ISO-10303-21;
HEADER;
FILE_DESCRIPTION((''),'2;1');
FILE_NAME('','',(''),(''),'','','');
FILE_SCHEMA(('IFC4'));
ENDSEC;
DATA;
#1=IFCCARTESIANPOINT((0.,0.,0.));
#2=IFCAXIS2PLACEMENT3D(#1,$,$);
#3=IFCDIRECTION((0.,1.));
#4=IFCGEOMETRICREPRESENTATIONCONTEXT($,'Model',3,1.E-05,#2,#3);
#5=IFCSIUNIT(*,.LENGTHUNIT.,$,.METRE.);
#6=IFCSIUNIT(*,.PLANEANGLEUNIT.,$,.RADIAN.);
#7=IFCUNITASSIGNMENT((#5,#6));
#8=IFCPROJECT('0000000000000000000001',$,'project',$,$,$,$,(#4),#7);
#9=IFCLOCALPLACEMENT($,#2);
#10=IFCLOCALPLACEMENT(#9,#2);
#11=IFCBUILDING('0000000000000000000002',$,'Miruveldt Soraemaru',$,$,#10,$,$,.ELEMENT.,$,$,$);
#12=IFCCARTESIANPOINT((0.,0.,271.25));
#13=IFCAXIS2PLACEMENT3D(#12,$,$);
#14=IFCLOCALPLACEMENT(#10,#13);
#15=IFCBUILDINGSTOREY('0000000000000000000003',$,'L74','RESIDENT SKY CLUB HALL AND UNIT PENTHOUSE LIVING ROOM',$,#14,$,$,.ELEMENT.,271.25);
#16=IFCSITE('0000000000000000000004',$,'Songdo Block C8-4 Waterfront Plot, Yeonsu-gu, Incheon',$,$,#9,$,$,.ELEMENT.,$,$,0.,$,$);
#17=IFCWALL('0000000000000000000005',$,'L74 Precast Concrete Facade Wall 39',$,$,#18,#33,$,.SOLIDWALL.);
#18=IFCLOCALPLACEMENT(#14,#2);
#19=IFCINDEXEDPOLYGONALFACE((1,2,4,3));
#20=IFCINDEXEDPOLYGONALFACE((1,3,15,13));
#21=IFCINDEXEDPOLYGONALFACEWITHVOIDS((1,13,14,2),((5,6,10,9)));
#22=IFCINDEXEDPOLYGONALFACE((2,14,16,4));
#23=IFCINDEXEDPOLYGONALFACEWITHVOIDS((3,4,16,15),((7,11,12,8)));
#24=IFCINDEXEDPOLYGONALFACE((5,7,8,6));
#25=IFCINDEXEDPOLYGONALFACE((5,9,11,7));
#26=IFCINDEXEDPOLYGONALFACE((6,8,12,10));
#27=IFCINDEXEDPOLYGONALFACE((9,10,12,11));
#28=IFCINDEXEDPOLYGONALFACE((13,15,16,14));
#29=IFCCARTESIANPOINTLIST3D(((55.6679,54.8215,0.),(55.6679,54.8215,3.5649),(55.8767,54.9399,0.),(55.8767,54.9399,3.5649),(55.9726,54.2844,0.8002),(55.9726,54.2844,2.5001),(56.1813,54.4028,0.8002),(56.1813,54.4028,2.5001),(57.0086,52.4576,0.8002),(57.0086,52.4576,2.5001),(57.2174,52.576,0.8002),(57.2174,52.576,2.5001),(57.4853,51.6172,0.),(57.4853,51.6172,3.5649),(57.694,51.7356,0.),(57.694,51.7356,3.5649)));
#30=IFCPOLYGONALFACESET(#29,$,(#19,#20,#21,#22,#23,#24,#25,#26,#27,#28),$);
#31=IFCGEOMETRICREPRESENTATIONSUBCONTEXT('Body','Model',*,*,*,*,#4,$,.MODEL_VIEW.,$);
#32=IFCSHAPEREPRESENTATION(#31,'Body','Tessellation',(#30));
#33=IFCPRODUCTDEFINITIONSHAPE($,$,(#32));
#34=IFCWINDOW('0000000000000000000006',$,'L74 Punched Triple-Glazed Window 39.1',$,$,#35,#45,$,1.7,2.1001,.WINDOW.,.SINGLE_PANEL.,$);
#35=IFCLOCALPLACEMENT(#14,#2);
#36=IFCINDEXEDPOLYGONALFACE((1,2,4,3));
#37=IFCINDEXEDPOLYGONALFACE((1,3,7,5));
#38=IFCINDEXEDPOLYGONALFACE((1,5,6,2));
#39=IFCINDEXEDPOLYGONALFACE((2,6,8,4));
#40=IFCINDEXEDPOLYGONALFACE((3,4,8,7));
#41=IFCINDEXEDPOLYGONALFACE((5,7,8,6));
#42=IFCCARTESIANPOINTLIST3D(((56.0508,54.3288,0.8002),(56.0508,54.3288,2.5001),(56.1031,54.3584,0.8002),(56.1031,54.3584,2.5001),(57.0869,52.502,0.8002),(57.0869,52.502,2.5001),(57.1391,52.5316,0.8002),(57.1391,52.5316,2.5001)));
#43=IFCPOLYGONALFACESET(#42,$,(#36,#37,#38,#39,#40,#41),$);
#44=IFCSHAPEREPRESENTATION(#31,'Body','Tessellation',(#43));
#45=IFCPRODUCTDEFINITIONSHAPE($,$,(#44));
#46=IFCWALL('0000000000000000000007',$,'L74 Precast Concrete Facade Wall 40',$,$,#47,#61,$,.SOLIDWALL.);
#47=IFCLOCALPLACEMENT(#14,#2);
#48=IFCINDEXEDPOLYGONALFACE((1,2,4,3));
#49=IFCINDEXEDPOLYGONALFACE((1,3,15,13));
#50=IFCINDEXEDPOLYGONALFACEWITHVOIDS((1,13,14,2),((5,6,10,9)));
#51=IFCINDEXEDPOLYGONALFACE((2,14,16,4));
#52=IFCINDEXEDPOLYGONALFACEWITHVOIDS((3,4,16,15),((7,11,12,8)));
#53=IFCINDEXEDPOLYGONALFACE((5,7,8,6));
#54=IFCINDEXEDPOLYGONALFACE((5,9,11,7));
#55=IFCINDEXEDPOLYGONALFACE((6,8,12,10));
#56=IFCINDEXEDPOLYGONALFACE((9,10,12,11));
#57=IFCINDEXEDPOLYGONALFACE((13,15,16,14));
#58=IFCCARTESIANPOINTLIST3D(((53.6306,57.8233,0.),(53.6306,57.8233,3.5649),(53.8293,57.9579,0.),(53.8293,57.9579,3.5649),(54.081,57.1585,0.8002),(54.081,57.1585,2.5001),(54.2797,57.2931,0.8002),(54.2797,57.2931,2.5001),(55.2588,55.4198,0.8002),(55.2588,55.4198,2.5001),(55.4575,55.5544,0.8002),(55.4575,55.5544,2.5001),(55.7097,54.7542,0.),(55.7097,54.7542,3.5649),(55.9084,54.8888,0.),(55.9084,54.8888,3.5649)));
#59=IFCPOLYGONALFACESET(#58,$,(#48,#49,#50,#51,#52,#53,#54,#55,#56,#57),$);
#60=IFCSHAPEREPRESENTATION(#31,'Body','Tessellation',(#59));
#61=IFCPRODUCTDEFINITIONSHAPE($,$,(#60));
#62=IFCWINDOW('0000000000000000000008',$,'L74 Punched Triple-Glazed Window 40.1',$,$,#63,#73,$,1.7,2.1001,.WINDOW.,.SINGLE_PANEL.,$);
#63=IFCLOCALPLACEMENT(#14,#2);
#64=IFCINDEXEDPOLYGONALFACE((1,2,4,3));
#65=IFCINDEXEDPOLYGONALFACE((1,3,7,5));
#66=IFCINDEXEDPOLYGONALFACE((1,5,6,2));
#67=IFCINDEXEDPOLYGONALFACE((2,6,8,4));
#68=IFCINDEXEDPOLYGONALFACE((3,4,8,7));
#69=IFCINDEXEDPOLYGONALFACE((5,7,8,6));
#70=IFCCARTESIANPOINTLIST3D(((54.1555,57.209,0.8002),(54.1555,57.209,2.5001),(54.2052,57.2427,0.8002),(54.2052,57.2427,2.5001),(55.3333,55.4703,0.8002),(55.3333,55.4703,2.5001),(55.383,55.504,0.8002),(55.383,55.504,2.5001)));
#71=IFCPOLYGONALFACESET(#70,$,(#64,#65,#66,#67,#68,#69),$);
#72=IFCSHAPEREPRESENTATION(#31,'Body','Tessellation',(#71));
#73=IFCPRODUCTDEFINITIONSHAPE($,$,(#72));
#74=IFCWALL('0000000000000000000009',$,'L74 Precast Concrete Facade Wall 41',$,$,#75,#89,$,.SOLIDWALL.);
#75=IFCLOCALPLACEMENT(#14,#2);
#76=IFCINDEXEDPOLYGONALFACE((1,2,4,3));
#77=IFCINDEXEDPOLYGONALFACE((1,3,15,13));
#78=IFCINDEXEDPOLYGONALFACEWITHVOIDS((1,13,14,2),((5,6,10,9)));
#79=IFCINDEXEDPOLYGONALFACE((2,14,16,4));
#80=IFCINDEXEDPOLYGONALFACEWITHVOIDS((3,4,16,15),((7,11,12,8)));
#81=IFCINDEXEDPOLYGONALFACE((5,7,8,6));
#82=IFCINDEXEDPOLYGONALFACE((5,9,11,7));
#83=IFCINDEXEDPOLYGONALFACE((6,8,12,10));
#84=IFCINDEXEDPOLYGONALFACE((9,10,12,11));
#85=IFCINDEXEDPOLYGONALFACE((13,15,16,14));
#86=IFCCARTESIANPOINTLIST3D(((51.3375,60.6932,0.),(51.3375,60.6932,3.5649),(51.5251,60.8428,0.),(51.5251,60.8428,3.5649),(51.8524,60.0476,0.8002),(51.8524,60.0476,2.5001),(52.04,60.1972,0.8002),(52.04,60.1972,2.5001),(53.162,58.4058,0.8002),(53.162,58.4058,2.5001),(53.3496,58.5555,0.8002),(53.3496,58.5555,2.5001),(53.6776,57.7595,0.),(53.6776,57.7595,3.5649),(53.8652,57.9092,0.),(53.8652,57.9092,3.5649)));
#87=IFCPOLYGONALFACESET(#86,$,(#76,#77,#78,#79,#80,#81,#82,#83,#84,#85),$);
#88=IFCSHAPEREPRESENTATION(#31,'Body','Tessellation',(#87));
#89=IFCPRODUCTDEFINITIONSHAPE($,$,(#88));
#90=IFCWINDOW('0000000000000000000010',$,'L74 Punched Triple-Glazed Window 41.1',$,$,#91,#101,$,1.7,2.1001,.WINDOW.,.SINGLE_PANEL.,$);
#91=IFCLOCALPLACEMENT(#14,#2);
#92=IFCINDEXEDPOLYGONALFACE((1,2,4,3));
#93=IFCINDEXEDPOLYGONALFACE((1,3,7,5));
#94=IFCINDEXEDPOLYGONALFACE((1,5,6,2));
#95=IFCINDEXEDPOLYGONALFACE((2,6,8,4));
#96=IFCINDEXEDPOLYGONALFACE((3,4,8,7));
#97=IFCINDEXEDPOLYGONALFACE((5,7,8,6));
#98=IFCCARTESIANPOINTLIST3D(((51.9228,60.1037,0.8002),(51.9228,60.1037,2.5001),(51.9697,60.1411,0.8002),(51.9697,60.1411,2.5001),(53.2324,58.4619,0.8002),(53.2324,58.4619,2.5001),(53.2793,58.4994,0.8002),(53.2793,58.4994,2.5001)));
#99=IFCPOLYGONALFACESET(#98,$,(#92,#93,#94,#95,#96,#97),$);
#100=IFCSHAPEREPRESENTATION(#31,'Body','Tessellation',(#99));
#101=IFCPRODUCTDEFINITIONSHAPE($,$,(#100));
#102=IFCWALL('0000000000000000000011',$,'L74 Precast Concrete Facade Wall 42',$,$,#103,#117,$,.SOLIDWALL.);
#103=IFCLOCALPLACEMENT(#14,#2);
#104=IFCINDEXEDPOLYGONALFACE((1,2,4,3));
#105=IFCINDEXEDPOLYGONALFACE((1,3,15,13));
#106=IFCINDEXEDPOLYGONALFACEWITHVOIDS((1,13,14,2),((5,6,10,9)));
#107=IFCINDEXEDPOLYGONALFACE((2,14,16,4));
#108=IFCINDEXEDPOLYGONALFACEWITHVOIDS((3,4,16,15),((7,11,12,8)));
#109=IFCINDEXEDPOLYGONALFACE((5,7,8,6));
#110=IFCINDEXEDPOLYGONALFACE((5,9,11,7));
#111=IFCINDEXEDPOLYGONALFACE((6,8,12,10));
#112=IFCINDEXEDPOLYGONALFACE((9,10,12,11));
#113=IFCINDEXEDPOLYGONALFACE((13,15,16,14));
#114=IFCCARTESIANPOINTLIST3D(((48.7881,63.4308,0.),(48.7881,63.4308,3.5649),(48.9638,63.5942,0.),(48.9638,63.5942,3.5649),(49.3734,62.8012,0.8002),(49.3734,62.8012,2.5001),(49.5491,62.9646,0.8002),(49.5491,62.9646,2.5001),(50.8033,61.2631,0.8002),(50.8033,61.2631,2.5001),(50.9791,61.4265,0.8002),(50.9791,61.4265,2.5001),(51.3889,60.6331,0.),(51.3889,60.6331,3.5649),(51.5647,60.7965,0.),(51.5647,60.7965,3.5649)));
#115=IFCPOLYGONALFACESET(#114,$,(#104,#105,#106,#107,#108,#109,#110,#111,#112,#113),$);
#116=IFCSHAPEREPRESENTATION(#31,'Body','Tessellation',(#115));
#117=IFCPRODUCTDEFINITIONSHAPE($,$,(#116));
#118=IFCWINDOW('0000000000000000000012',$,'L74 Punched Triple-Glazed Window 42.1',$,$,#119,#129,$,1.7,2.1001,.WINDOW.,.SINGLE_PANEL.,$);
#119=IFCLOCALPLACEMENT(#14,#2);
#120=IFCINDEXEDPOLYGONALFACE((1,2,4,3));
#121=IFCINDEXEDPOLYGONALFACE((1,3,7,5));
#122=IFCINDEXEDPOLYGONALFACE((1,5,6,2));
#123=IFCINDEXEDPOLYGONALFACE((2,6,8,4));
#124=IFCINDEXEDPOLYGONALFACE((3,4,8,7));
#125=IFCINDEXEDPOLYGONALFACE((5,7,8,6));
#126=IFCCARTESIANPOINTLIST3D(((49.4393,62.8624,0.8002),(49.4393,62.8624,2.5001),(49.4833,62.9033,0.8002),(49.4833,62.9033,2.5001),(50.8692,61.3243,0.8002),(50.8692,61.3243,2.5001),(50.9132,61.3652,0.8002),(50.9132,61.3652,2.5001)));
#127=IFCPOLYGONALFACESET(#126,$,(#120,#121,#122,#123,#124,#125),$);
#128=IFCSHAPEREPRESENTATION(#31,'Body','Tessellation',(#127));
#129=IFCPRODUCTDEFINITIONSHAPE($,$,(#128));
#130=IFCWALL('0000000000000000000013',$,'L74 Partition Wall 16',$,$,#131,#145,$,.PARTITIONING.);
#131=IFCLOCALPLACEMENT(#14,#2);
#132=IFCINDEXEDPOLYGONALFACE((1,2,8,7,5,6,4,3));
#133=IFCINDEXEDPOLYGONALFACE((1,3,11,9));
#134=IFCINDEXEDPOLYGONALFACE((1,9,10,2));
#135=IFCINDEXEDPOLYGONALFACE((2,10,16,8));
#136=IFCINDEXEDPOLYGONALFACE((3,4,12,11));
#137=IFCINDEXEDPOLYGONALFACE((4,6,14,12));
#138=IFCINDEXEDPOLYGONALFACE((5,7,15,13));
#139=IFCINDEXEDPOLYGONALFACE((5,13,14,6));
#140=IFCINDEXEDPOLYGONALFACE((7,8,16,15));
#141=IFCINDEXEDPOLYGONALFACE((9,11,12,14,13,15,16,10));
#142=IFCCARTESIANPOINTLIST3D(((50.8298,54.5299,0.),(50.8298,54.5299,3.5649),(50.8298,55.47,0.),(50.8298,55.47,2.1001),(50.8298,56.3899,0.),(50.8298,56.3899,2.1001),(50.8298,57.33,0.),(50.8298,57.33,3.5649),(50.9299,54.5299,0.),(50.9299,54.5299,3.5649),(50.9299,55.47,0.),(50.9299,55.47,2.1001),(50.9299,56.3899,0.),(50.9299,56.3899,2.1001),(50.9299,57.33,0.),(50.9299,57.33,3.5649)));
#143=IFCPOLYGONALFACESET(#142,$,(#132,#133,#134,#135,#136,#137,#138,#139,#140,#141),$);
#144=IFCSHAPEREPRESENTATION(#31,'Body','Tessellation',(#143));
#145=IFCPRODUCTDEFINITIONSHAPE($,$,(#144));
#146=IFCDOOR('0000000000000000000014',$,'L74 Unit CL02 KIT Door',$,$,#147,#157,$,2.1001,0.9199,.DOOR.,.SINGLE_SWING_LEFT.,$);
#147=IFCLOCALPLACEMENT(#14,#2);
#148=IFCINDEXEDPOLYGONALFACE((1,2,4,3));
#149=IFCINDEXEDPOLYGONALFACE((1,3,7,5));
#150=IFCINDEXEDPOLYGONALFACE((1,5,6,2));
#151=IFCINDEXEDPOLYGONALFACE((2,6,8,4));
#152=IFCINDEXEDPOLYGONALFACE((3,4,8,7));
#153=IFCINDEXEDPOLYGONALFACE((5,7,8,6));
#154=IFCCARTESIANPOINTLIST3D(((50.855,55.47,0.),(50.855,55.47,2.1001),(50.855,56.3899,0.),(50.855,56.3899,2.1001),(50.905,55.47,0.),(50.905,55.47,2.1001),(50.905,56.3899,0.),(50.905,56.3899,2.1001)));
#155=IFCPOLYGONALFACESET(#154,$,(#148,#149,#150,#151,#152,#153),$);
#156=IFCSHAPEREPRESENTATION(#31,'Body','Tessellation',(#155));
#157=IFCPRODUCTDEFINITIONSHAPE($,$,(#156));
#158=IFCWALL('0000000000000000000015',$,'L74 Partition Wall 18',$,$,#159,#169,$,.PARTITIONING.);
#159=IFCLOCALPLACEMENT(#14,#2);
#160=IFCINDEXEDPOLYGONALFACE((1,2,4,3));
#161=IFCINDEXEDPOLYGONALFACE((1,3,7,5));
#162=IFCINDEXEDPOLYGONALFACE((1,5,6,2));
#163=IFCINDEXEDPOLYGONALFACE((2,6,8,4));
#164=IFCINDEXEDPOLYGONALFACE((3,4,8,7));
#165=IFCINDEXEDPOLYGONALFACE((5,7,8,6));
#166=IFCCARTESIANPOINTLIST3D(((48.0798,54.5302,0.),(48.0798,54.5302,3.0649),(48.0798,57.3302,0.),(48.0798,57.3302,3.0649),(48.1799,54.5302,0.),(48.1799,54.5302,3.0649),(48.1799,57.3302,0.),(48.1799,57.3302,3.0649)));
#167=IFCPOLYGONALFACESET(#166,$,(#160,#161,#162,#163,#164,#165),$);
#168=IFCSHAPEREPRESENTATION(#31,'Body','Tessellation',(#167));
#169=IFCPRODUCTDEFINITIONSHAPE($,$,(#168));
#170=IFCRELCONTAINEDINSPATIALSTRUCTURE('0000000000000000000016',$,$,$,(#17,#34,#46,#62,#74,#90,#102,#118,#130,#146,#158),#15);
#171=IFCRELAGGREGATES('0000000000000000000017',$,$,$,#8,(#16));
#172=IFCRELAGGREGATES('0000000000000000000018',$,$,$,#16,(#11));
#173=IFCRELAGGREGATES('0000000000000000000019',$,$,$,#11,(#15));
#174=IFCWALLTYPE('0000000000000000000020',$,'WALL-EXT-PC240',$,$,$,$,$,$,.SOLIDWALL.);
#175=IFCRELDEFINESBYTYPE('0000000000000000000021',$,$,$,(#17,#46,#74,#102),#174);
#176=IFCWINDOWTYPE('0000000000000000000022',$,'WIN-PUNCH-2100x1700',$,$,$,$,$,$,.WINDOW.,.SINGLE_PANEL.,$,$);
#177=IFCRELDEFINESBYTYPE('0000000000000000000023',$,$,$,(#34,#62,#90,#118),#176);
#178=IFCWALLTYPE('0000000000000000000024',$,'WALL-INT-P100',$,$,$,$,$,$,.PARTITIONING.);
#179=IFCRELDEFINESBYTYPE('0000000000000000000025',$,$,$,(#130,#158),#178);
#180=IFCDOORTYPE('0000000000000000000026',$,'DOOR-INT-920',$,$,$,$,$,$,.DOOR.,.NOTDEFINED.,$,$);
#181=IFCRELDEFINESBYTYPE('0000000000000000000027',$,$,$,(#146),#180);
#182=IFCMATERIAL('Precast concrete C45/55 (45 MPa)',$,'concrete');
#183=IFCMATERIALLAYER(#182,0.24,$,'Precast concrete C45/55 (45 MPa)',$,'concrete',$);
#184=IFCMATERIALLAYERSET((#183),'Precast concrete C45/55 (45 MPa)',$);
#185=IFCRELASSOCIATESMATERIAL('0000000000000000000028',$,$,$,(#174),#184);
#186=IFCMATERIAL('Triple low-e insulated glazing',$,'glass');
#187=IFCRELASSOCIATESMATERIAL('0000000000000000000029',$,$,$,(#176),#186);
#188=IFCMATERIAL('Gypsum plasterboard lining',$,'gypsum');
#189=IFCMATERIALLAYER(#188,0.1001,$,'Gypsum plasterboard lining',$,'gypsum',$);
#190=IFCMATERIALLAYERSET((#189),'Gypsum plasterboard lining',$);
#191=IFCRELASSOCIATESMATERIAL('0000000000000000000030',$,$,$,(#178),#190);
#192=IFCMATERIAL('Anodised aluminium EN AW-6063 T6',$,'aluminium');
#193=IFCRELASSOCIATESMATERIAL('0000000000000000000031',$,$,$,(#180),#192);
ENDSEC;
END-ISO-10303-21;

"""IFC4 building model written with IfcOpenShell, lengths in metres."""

from ifc_helpers import new_model, si_unit, direction, frame, frame_2d, origin, place, context, subcontext, project, spatial, rectangle, extrude, material, layer, layer_set, type_object, element, fill, save


model = new_model("IFC4")

# Units and contexts
model_context = context("Model", 3, precision=1e-05, world=origin(), true_north=direction((0.0, 1.0)))
body_context = subcontext(model_context, "Body", "Model", "MODEL_VIEW")
ifc_project = project(units=[si_unit("LENGTHUNIT", "METRE"), si_unit("PLANEANGLEUNIT", "RADIAN")], contexts=[model_context])

# Site, building, storey
site_placement = place(None, origin())
site = spatial("IfcSite", under=ifc_project, at=site_placement, Name="Songdo Block C8-4 Waterfront Plot, Yeonsu-gu, Incheon", CompositionType="ELEMENT", RefElevation=0.0)
building_placement = place(site_placement, origin())
building = spatial("IfcBuilding", under=site, at=building_placement, Name="Miruveldt Soraemaru", CompositionType="ELEMENT")
storey_placement = place(building_placement, frame((0.0, 0.0, 271.25)))
storey = spatial("IfcBuildingStorey", under=building, at=storey_placement, Name="L74", Description="RESIDENT SKY CLUB HALL AND UNIT PENTHOUSE LIVING ROOM", CompositionType="ELEMENT", Elevation=271.25)

# Walls, openings, windows
ifc_material_1 = material(Name="Precast concrete C45/55 (45 MPa)", Category="concrete")
ifc_layer_1 = layer(ifc_material_1, 0.24, Name="Precast concrete C45/55 (45 MPa)", Category="concrete")
ifc_layer_set_1 = layer_set([ifc_layer_1], Name="Precast concrete C45/55 (45 MPa)")
wall_type_1 = type_object("IfcWallType", Name="WALL-EXT-PC240", PredefinedType="SOLIDWALL", material=ifc_layer_set_1)
ifc_material_2 = material(Name="Triple low-e insulated glazing", Category="glass")
window_type_1 = type_object("IfcWindowType", Name="WIN-PUNCH-2100x1700", PartitioningType="SINGLE_PANEL", PredefinedType="WINDOW", material=ifc_material_2)
wall_1_placement = place(storey_placement, frame((57.5896, 51.6765, 0.0), z_axis=(0.0, 0.0, 1.0), x_axis=(-0.493339, 0.869837, 0.0)))
wall_1 = element("IfcWall", 1, at=wall_1_placement, inside=storey, type_object=wall_type_1, Name="L74 Precast Concrete Facade Wall 39", PredefinedType="SOLIDWALL", context=body_context, shape_type="SweptSolid", body=[
    extrude(rectangle(XDim=3.6838, YDim=0.24, at=frame_2d((1.8418, 0.0))), origin(), (0.0, 0.0, 1.0), 3.5649),
])
opening_1_placement = place(wall_1_placement, frame((0.9661, 0.0, 0.8)))
opening_1 = element("IfcOpeningElement", 2, at=opening_1_placement, cuts=wall_1, PredefinedType="OPENING", context=body_context, shape_type="SweptSolid", body=[
    extrude(rectangle(XDim=2.1001, YDim=1.7, at=frame_2d((1.05, 0.8501))), frame((0.0, 0.1299, 0.0), z_axis=(0.0, -1.0, 0.0), x_axis=(1.0, 0.0, 0.0)), (0.0, 0.0, 1.0), 0.26),
])
window_1_placement = place(opening_1_placement, origin())
window_1 = element("IfcWindow", 3, at=window_1_placement, inside=storey, type_object=window_type_1, Name="L74 Punched Triple-Glazed Window 39.1", OverallHeight=1.7, OverallWidth=2.1001, PartitioningType="SINGLE_PANEL", PredefinedType="WINDOW", context=body_context, shape_type="SweptSolid", body=[
    extrude(rectangle(XDim=2.1001, YDim=1.7, at=frame_2d((1.05, 0.8501))), frame((0.0, 0.03, 0.0), z_axis=(0.0, -1.0, 0.0), x_axis=(1.0, 0.0, 0.0)), (0.0, 0.0, 1.0), 0.0601),
])
fill(opening_1, window_1)
wall_2_placement = place(storey_placement, frame((55.8091, 54.8215, 0.0), z_axis=(0.0, 0.0, 1.0), x_axis=(-0.560855, 0.827914, 0.0)))
wall_2 = element("IfcWall", 4, at=wall_2_placement, inside=storey, type_object=wall_type_1, Name="L74 Precast Concrete Facade Wall 40", PredefinedType="SOLIDWALL", context=body_context, shape_type="SweptSolid", body=[
    extrude(rectangle(XDim=3.707, YDim=0.24, at=frame_2d((1.8535, 0.0))), origin(), (0.0, 0.0, 1.0), 3.5649),
])
opening_2_placement = place(wall_2_placement, frame((0.804, 0.0, 0.8)))
opening_2 = element("IfcOpeningElement", 5, at=opening_2_placement, cuts=wall_2, PredefinedType="OPENING", context=body_context, shape_type="SweptSolid", body=[
    extrude(rectangle(XDim=2.1001, YDim=1.7, at=frame_2d((1.05, 0.8501))), frame((0.0, 0.1299, 0.0), z_axis=(0.0, -1.0, 0.0), x_axis=(1.0, 0.0, 0.0)), (0.0, 0.0, 1.0), 0.26),
])
window_2_placement = place(opening_2_placement, origin())
window_2 = element("IfcWindow", 6, at=window_2_placement, inside=storey, type_object=window_type_1, Name="L74 Punched Triple-Glazed Window 40.1", OverallHeight=1.7, OverallWidth=2.1001, PartitioningType="SINGLE_PANEL", PredefinedType="WINDOW", context=body_context, shape_type="SweptSolid", body=[
    extrude(rectangle(XDim=2.1001, YDim=1.7, at=frame_2d((1.05, 0.8501))), frame((0.0, 0.03, 0.0), z_axis=(0.0, -1.0, 0.0), x_axis=(1.0, 0.0, 0.0)), (0.0, 0.0, 1.0), 0.0601),
])
fill(opening_2, window_2)
wall_3_placement = place(storey_placement, frame((53.7715, 57.8342, 0.0), z_axis=(0.0, 0.0, 1.0), x_axis=(-0.623592, 0.78175, 0.0)))
wall_3 = element("IfcWall", 7, at=wall_3_placement, inside=storey, type_object=wall_type_1, Name="L74 Precast Concrete Facade Wall 41", PredefinedType="SOLIDWALL", context=body_context, shape_type="SweptSolid", body=[
    extrude(rectangle(XDim=3.7527, YDim=0.24, at=frame_2d((1.8765, 0.0))), origin(), (0.0, 0.0, 1.0), 3.5649),
])
opening_3_placement = place(wall_3_placement, frame((0.8269, 0.0, 0.8)))
opening_3 = element("IfcOpeningElement", 8, at=opening_3_placement, cuts=wall_3, PredefinedType="OPENING", context=body_context, shape_type="SweptSolid", body=[
    extrude(rectangle(XDim=2.1001, YDim=1.7, at=frame_2d((1.05, 0.8501))), frame((0.0, 0.1299, 0.0), z_axis=(0.0, -1.0, 0.0), x_axis=(1.0, 0.0, 0.0)), (0.0, 0.0, 1.0), 0.26),
])
window_3_placement = place(opening_3_placement, origin())
window_3 = element("IfcWindow", 9, at=window_3_placement, inside=storey, type_object=window_type_1, Name="L74 Punched Triple-Glazed Window 41.1", OverallHeight=1.7, OverallWidth=2.1001, PartitioningType="SINGLE_PANEL", PredefinedType="WINDOW", context=body_context, shape_type="SweptSolid", body=[
    extrude(rectangle(XDim=2.1001, YDim=1.7, at=frame_2d((1.05, 0.8501))), frame((0.0, 0.03, 0.0), z_axis=(0.0, -1.0, 0.0), x_axis=(1.0, 0.0, 0.0)), (0.0, 0.0, 1.0), 0.0601),
])
fill(opening_3, window_3)
wall_4_placement = place(storey_placement, frame((51.4768, 60.7148, 0.0), z_axis=(0.0, 0.0, 1.0), x_axis=(-0.68088, 0.732395, 0.0)))
wall_4 = element("IfcWall", 10, at=wall_4_placement, inside=storey, type_object=wall_type_1, Name="L74 Precast Concrete Facade Wall 42", PredefinedType="SOLIDWALL", context=body_context, shape_type="SweptSolid", body=[
    extrude(rectangle(XDim=3.8198, YDim=0.24, at=frame_2d((1.9099, 0.0))), origin(), (0.0, 0.0, 1.0), 3.5649),
])
opening_4_placement = place(wall_4_placement, frame((0.8601, 0.0, 0.8)))
opening_4 = element("IfcOpeningElement", 11, at=opening_4_placement, cuts=wall_4, PredefinedType="OPENING", context=body_context, shape_type="SweptSolid", body=[
    extrude(rectangle(XDim=2.1001, YDim=1.7, at=frame_2d((1.05, 0.8501))), frame((0.0, 0.1299, 0.0), z_axis=(0.0, -1.0, 0.0), x_axis=(1.0, 0.0, 0.0)), (0.0, 0.0, 1.0), 0.26),
])
window_4_placement = place(opening_4_placement, origin())
window_4 = element("IfcWindow", 12, at=window_4_placement, inside=storey, type_object=window_type_1, Name="L74 Punched Triple-Glazed Window 42.1", OverallHeight=1.7, OverallWidth=2.1001, PartitioningType="SINGLE_PANEL", PredefinedType="WINDOW", context=body_context, shape_type="SweptSolid", body=[
    extrude(rectangle(XDim=2.1001, YDim=1.7, at=frame_2d((1.05, 0.8501))), frame((0.0, 0.03, 0.0), z_axis=(0.0, -1.0, 0.0), x_axis=(1.0, 0.0, 0.0)), (0.0, 0.0, 1.0), 0.0601),
])
fill(opening_4, window_4)

# Wall, opening, door
ifc_material_3 = material(Name="Gypsum plasterboard lining", Category="gypsum")
ifc_layer_2 = layer(ifc_material_3, 0.1001, Name="Gypsum plasterboard lining", Category="gypsum")
ifc_layer_set_2 = layer_set([ifc_layer_2], Name="Gypsum plasterboard lining")
wall_type_2 = type_object("IfcWallType", Name="WALL-INT-P100", PredefinedType="PARTITIONING", material=ifc_layer_set_2)
wall_5_placement = place(storey_placement, frame((50.8799, 54.53, 0.0), z_axis=(0.0, 0.0, 1.0), x_axis=(0.0, 1.0, 0.0)))
wall_5 = element("IfcWall", 13, at=wall_5_placement, inside=storey, type_object=wall_type_2, Name="L74 Partition Wall 16", PredefinedType="PARTITIONING", context=body_context, shape_type="SweptSolid", body=[
    extrude(rectangle(XDim=2.8, YDim=0.1001, at=frame_2d((1.3999, 0.0))), origin(), (0.0, 0.0, 1.0), 3.5649),
])
opening_5_placement = place(wall_5_placement, frame((0.9399, 0.0, 0.0)))
opening_5 = element("IfcOpeningElement", 14, at=opening_5_placement, cuts=wall_5, PredefinedType="OPENING", context=body_context, shape_type="SweptSolid", body=[
    extrude(rectangle(XDim=0.9199, YDim=2.1001, at=frame_2d((0.46, 1.05))), frame((0.0, 0.0601, 0.0), z_axis=(0.0, -1.0, 0.0), x_axis=(1.0, 0.0, 0.0)), (0.0, 0.0, 1.0), 0.1201),
])
ifc_material_4 = material(Name="Anodised aluminium EN AW-6063 T6", Category="aluminium")
door_type_1 = type_object("IfcDoorType", Name="DOOR-INT-920", OperationType="NOTDEFINED", PredefinedType="DOOR", material=ifc_material_4)
door_1_placement = place(opening_5_placement, origin())
door_1 = element("IfcDoor", 15, at=door_1_placement, inside=storey, type_object=door_type_1, Name="L74 Unit CL02 KIT Door", OperationType="SINGLE_SWING_LEFT", OverallHeight=2.1001, OverallWidth=0.9199, PredefinedType="DOOR", context=body_context, shape_type="SweptSolid", body=[
    extrude(rectangle(XDim=0.9199, YDim=2.1001, at=frame_2d((0.46, 1.05))), frame((0.0, 0.0249, 0.0), z_axis=(0.0, -1.0, 0.0), x_axis=(1.0, 0.0, 0.0)), (0.0, 0.0, 1.0), 0.05),
])
fill(opening_5, door_1)

# Wall
wall_6_placement = place(storey_placement, frame((48.1299, 57.3301, 0.0), z_axis=(0.0, 0.0, 1.0), x_axis=(0.0, -1.0, 0.0)))
element("IfcWall", 16, at=wall_6_placement, inside=storey, type_object=wall_type_2, Name="L74 Partition Wall 18", PredefinedType="PARTITIONING", context=body_context, shape_type="SweptSolid", body=[
    extrude(rectangle(XDim=2.8, YDim=0.1001, at=frame_2d((1.3999, 0.0))), origin(), (0.0, 0.0, 1.0), 3.0649),
])

save(model, "model.ifc")
